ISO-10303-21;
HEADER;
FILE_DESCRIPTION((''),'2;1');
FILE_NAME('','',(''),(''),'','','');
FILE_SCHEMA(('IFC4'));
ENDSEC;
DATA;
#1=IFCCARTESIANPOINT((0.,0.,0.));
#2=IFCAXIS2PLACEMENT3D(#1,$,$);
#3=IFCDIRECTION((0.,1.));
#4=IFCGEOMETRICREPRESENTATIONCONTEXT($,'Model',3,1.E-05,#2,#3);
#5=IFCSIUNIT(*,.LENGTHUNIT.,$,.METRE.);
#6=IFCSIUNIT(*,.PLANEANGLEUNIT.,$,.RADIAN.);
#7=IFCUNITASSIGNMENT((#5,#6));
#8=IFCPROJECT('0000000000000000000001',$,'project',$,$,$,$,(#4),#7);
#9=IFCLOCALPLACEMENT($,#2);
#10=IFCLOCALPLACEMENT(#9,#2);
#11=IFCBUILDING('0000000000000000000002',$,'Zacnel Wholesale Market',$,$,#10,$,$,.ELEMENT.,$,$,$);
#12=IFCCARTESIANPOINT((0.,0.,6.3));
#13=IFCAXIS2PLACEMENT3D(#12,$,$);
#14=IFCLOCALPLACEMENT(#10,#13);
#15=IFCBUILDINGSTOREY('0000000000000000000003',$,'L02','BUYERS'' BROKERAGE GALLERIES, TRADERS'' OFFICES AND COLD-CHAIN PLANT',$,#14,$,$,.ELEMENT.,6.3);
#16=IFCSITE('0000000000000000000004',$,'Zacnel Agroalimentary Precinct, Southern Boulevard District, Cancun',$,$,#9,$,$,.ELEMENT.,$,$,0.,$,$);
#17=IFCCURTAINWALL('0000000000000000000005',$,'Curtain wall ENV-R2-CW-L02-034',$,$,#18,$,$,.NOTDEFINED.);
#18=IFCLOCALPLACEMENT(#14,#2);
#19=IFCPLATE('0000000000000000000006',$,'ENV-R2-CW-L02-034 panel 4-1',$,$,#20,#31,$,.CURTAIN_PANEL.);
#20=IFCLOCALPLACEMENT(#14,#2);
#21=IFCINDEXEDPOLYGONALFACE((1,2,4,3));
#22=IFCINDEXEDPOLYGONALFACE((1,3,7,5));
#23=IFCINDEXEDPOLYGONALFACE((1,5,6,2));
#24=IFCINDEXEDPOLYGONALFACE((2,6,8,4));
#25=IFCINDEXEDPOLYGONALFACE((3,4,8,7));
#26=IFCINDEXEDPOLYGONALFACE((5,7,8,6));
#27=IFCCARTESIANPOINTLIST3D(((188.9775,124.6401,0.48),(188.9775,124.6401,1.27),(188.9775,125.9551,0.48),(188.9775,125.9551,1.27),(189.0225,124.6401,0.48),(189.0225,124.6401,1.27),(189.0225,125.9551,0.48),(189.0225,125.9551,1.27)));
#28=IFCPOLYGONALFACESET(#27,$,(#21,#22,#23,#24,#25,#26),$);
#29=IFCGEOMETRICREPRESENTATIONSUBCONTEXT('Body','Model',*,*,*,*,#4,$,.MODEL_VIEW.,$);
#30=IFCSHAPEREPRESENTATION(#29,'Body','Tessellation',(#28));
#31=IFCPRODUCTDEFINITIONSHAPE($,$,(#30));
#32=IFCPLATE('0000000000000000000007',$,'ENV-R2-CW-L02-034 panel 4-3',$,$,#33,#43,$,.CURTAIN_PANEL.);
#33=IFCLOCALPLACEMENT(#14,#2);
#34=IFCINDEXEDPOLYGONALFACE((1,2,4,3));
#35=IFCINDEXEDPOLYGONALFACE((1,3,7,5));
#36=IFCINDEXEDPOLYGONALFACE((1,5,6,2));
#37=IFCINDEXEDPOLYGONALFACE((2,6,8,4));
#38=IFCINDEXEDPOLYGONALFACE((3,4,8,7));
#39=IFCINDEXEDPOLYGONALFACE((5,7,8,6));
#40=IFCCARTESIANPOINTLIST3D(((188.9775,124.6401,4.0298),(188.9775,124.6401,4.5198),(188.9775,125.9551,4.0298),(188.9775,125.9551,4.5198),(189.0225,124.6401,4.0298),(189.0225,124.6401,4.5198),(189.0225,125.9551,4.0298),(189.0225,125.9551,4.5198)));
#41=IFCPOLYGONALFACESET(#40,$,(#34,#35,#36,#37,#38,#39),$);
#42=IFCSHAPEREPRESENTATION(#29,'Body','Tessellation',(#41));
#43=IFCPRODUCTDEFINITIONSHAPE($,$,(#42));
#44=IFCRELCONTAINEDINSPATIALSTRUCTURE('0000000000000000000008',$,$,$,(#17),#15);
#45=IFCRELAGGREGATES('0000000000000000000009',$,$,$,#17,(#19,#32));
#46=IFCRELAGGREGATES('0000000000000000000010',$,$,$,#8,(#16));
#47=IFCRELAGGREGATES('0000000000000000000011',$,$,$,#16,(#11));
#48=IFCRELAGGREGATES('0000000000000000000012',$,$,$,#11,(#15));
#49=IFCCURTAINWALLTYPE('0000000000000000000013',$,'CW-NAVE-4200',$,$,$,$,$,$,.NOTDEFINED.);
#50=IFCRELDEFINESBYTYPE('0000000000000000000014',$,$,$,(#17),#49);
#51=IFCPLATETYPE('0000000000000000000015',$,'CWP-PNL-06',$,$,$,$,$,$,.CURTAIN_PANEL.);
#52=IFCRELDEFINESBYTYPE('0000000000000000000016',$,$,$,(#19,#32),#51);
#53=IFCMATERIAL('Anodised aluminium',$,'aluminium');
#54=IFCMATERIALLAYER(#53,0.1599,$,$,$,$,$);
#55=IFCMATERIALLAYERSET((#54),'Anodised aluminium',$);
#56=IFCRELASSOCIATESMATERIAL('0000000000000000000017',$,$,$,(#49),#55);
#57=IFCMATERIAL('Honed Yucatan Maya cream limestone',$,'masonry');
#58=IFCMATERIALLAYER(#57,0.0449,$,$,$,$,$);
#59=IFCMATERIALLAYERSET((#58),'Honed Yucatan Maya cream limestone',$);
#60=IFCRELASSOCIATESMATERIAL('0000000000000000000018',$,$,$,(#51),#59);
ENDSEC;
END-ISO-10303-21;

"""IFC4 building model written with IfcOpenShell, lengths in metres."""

from ifc_helpers import new_model, si_unit, direction, frame, origin, origin_2d, place, context, subcontext, project, spatial, rectangle, extrude, material, layer, layer_set, type_object, element, aggregate, save


model = new_model("IFC4")

# Units and contexts
model_context = context("Model", 3, precision=1e-05, world=origin(), true_north=direction((0.0, 1.0)))
body_context = subcontext(model_context, "Body", "Model", "MODEL_VIEW")
ifc_project = project(units=[si_unit("LENGTHUNIT", "METRE"), si_unit("PLANEANGLEUNIT", "RADIAN")], contexts=[model_context])

# Site, building, storey
site_placement = place(None, origin())
site = spatial("IfcSite", under=ifc_project, at=site_placement, Name="Zacnel Agroalimentary Precinct, Southern Boulevard District, Cancun", CompositionType="ELEMENT", RefElevation=0.0)
building_placement = place(site_placement, origin())
building = spatial("IfcBuilding", under=site, at=building_placement, Name="Zacnel Wholesale Market", CompositionType="ELEMENT")
storey_placement = place(building_placement, frame((0.0, 0.0, 6.3)))
storey = spatial("IfcBuildingStorey", under=building, at=storey_placement, Name="L02", Description="BUYERS' BROKERAGE GALLERIES, TRADERS' OFFICES AND COLD-CHAIN PLANT", CompositionType="ELEMENT", Elevation=6.3)

# Curtain wall, plates
ifc_material_1 = material(Name="Anodised aluminium", Category="aluminium")
ifc_layer_1 = layer(ifc_material_1, 0.1599)
ifc_layer_set_1 = layer_set([ifc_layer_1], Name="Anodised aluminium")
curtain_wall_type = type_object("IfcCurtainWallType", Name="CW-NAVE-4200", PredefinedType="NOTDEFINED", material=ifc_layer_set_1)
curtain_wall_placement = place(storey_placement, origin())
curtain_wall = element("IfcCurtainWall", 1, at=curtain_wall_placement, inside=storey, type_object=curtain_wall_type, Name="Curtain wall ENV-R2-CW-L02-034", PredefinedType="NOTDEFINED")
ifc_material_2 = material(Name="Honed Yucatan Maya cream limestone", Category="masonry")
ifc_layer_2 = layer(ifc_material_2, 0.0449)
ifc_layer_set_2 = layer_set([ifc_layer_2], Name="Honed Yucatan Maya cream limestone")
plate_type_1 = type_object("IfcPlateType", Name="CWP-PNL-06", PredefinedType="CURTAIN_PANEL", material=ifc_layer_set_2)
plate_1_placement = place(storey_placement, frame((189.0, 125.2976, 0.48), z_axis=(0.0, 0.0, 1.0), x_axis=(0.0, 1.0, 0.0)))
plate_1 = element("IfcPlate", 2, at=plate_1_placement, type_object=plate_type_1, Name="ENV-R2-CW-L02-034 panel 4-1", PredefinedType="CURTAIN_PANEL", context=body_context, shape_type="SweptSolid", body=[
    extrude(rectangle(XDim=1.3149, YDim=0.0449, at=origin_2d()), origin(), (0.0, 0.0, 1.0), 0.79),
])
plate_2_placement = place(storey_placement, frame((189.0, 125.2976, 4.0298), z_axis=(0.0, 0.0, 1.0), x_axis=(0.0, 1.0, 0.0)))
plate_2 = element("IfcPlate", 3, at=plate_2_placement, type_object=plate_type_1, Name="ENV-R2-CW-L02-034 panel 4-3", PredefinedType="CURTAIN_PANEL", context=body_context, shape_type="SweptSolid", body=[
    extrude(rectangle(XDim=1.3149, YDim=0.0449, at=origin_2d()), origin(), (0.0, 0.0, 1.0), 0.49),
])
aggregate(curtain_wall, [plate_1, plate_2])

save(model, "model.ifc")
